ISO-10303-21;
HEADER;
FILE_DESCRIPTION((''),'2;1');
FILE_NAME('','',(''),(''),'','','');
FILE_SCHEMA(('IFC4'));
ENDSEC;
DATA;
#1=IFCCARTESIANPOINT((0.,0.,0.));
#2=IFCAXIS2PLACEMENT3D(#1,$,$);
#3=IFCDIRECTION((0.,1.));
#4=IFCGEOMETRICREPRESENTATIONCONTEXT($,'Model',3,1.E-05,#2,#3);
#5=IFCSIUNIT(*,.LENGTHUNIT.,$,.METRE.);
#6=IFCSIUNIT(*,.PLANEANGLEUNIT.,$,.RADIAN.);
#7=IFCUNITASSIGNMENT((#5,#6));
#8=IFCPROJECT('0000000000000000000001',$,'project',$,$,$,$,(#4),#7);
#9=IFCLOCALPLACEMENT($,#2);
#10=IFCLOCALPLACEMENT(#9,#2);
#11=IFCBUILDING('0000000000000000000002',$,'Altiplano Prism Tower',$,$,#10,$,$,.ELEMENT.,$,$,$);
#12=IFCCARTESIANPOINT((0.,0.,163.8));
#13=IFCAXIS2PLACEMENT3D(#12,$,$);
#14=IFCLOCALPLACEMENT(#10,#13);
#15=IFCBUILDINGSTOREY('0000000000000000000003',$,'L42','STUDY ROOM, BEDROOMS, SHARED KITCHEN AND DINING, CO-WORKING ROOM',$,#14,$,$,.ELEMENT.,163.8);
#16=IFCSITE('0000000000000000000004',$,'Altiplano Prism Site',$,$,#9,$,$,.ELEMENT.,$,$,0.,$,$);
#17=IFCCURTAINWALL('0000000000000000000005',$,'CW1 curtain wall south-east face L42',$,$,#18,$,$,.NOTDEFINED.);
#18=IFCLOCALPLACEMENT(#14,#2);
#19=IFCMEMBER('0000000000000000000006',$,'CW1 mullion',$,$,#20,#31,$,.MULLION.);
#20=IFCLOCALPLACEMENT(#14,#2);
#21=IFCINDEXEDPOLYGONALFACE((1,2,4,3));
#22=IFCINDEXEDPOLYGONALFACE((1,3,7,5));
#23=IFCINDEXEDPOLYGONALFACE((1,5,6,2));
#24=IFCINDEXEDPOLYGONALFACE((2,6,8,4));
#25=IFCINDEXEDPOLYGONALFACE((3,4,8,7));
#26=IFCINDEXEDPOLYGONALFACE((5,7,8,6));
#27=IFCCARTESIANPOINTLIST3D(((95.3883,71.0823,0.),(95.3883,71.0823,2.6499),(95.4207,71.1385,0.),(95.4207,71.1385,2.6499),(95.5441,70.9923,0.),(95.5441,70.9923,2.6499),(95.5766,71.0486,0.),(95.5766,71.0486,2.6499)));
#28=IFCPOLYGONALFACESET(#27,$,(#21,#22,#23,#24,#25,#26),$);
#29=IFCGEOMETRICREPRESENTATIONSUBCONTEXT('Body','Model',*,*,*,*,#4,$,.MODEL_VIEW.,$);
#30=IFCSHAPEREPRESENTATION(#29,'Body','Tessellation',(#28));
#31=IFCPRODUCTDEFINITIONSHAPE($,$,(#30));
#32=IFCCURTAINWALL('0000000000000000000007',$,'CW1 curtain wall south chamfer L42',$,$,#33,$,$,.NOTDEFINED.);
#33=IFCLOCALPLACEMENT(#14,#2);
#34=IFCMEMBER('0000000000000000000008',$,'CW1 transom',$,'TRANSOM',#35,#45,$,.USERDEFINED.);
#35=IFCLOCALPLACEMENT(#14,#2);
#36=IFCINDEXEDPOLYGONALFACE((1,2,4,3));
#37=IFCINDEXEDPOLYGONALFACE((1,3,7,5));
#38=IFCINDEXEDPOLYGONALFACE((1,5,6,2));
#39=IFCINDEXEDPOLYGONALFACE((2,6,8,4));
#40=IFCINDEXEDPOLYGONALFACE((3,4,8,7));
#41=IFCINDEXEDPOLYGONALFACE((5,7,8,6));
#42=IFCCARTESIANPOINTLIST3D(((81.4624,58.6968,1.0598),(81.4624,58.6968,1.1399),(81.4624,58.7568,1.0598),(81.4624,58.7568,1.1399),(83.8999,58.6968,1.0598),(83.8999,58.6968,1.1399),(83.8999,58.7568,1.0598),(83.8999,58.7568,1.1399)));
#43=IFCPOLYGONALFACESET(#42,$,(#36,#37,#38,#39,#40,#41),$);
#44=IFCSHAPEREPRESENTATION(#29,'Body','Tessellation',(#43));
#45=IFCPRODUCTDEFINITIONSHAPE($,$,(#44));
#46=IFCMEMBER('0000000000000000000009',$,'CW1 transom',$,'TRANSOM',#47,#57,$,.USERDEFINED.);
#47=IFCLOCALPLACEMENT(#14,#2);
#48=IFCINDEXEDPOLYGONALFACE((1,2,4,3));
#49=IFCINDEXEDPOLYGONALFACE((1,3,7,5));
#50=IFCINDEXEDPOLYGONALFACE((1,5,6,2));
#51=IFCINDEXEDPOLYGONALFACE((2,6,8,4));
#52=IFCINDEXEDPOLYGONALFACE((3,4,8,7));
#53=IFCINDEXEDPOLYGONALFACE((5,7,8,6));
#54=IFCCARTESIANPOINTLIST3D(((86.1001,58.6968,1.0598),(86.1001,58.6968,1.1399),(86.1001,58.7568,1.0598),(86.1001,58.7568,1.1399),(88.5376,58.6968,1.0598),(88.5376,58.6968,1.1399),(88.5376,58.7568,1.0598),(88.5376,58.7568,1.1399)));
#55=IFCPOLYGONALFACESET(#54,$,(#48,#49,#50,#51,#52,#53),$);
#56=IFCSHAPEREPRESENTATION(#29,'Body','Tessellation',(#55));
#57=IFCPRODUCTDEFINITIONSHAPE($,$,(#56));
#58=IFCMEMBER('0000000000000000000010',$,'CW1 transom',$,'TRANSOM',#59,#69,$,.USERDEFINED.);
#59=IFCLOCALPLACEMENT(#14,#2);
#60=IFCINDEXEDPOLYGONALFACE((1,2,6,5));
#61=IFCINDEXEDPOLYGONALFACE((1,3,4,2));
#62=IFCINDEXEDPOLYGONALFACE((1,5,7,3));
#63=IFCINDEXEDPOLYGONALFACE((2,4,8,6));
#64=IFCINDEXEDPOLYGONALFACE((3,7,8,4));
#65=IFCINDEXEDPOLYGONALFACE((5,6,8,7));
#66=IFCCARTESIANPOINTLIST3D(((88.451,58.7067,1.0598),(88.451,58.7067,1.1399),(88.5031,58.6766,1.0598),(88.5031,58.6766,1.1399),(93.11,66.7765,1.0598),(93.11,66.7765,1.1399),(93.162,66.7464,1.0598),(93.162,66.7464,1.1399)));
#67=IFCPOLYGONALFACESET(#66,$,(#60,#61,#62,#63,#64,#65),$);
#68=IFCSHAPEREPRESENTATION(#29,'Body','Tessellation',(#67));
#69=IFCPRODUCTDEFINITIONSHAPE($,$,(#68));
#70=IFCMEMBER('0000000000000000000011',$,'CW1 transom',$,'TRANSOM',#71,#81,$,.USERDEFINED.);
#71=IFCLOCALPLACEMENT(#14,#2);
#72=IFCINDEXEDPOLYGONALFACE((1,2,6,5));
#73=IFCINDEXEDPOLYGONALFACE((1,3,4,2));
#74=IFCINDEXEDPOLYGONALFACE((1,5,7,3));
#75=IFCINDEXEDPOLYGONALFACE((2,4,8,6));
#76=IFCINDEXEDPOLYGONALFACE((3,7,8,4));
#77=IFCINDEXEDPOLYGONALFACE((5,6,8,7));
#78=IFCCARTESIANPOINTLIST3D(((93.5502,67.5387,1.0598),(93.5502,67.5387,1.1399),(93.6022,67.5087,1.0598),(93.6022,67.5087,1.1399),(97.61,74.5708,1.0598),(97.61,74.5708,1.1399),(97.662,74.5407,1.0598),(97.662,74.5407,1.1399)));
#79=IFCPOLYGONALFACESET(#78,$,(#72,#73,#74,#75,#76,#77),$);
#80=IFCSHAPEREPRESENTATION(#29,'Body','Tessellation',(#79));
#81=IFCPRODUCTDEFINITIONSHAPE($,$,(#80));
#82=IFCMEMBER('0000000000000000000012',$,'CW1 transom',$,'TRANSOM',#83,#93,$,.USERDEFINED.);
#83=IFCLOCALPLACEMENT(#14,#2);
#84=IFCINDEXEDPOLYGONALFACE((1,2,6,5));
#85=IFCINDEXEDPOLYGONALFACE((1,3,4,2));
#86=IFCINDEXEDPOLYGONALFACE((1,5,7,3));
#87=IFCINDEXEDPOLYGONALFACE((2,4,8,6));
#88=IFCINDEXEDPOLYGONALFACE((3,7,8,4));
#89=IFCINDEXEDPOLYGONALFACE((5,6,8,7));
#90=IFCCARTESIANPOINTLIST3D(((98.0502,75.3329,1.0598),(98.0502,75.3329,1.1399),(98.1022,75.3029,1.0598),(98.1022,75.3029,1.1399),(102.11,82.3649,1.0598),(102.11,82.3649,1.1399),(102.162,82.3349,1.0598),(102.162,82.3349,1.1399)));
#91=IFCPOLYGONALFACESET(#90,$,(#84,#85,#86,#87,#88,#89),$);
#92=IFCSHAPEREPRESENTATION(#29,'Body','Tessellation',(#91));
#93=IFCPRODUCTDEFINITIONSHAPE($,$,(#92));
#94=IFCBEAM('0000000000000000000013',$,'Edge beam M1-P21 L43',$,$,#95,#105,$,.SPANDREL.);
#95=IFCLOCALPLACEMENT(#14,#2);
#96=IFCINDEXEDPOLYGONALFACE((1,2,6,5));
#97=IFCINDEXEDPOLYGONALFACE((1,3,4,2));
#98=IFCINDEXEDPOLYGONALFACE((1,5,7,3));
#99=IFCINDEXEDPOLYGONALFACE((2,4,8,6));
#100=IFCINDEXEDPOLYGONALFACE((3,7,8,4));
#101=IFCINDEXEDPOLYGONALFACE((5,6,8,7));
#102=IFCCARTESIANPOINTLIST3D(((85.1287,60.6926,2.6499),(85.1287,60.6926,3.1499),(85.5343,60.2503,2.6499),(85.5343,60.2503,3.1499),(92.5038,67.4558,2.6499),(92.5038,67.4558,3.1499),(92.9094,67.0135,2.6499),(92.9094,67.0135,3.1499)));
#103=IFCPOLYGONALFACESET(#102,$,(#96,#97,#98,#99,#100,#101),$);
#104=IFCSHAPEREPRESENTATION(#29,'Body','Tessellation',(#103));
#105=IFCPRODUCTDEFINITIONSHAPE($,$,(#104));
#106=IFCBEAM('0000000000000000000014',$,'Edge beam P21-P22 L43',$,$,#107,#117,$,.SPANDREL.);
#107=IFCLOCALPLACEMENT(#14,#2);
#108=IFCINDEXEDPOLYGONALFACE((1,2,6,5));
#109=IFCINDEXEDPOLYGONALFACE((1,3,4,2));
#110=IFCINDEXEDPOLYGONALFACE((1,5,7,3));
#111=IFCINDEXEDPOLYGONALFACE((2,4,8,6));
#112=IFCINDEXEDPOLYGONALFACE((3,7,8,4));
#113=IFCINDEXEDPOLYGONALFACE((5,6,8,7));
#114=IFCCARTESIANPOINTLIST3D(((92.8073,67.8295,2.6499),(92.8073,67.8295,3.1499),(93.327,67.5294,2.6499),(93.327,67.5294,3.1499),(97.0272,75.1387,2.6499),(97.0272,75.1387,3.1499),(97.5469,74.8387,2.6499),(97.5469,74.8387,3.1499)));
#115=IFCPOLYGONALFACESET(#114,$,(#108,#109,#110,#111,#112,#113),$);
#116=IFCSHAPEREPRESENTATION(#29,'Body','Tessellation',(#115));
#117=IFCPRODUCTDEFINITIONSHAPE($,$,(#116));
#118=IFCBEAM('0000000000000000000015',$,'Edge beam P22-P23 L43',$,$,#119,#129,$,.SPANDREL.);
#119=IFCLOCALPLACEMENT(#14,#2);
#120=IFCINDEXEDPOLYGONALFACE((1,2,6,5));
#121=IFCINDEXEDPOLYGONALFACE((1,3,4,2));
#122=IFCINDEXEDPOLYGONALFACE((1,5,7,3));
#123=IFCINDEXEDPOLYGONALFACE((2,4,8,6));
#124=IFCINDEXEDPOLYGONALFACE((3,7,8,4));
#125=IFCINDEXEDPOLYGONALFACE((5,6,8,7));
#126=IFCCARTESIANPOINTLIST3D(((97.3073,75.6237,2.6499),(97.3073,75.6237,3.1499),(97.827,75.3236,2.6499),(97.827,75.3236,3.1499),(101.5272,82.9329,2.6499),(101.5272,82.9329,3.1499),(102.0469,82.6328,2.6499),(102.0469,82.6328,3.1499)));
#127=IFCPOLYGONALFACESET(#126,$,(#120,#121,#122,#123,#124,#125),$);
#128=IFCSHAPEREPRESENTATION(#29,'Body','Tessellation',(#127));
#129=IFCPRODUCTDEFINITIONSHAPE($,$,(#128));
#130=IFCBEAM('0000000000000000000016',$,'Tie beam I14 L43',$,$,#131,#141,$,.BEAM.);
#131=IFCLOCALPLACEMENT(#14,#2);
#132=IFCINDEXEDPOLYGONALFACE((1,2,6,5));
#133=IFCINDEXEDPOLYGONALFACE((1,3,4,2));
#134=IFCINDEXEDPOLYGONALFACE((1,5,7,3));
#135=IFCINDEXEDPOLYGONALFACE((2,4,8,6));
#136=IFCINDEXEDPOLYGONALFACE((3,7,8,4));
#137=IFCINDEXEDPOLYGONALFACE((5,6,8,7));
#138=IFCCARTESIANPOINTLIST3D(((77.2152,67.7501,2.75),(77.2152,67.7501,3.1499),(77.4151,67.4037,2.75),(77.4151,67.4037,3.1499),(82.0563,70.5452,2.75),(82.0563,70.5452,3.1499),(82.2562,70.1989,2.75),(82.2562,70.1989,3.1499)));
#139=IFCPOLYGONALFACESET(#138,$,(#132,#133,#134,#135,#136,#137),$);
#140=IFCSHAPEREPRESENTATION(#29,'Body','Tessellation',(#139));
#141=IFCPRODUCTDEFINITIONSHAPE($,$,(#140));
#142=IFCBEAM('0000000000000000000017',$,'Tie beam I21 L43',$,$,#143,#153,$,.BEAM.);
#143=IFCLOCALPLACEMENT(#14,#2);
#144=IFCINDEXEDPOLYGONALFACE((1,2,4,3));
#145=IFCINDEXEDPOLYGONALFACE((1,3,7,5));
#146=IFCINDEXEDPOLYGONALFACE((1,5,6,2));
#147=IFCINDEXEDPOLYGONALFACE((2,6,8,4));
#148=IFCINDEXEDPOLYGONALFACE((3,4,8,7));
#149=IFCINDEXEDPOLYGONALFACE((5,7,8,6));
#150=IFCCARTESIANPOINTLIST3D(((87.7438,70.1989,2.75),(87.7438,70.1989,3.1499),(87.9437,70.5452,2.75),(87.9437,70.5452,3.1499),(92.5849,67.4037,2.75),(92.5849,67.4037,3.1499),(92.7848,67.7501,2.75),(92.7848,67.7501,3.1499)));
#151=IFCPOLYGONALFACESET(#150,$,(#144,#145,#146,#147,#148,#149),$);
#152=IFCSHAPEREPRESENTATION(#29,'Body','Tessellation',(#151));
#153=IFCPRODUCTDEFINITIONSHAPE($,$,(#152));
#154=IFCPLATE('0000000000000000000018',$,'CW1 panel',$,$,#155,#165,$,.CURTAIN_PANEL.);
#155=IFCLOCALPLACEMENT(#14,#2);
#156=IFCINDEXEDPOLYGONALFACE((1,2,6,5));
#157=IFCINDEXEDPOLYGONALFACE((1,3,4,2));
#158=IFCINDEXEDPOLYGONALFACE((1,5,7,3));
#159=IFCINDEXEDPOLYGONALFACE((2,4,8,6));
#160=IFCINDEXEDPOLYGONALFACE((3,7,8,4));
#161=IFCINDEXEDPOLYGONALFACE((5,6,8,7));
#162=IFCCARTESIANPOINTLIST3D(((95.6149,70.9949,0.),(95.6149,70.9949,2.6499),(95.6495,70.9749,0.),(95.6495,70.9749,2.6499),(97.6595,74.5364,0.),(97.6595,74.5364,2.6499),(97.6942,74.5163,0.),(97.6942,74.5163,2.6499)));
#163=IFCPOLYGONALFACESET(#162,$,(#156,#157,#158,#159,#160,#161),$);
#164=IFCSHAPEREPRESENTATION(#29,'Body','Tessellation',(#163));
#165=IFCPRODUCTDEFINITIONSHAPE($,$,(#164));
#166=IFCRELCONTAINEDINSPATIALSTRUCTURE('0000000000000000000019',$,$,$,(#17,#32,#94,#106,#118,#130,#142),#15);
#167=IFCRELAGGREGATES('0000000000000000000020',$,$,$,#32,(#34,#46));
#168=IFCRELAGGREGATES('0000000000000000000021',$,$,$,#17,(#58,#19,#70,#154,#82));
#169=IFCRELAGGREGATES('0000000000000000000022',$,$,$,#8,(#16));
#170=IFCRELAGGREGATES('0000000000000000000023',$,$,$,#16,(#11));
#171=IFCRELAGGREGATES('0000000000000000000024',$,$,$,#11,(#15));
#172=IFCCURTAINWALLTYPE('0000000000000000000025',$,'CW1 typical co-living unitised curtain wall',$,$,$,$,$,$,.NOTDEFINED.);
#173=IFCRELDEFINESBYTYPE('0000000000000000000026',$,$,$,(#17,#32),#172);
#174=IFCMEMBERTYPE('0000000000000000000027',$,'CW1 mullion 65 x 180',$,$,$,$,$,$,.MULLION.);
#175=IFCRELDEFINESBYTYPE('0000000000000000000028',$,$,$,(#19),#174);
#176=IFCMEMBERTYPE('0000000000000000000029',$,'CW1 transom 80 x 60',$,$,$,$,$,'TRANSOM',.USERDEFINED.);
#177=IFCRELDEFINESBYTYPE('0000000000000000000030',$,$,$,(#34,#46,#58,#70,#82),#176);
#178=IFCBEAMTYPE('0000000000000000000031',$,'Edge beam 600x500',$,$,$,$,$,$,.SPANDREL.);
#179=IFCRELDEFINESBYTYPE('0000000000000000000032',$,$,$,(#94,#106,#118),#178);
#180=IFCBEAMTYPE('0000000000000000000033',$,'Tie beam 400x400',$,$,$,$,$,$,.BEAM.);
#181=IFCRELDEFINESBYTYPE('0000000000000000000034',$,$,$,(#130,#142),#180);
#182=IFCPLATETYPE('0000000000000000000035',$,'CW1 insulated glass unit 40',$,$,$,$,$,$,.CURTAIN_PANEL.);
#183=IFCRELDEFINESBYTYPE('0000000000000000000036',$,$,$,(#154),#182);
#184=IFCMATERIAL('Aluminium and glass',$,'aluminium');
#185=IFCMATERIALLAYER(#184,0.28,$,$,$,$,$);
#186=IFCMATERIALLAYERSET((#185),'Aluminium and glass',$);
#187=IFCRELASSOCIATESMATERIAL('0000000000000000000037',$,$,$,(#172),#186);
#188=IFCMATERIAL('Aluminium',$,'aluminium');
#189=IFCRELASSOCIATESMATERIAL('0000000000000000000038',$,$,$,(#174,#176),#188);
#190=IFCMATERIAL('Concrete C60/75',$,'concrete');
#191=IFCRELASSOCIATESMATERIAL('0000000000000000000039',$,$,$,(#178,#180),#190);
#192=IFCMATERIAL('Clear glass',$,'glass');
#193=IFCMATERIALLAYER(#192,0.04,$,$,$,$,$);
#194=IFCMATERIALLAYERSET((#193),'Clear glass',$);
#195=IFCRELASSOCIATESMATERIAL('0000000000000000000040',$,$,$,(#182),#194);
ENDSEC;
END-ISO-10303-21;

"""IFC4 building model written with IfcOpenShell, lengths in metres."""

from ifc_helpers import new_model, si_unit, direction, frame, origin, origin_2d, place, context, subcontext, project, spatial, rectangle, extrude, material, layer, layer_set, material_profile, profile_set, type_object, element, aggregate, save


model = new_model("IFC4")

# Units and contexts
model_context = context("Model", 3, precision=1e-05, world=origin(), true_north=direction((0.0, 1.0)))
body_context = subcontext(model_context, "Body", "Model", "MODEL_VIEW")
ifc_project = project(units=[si_unit("LENGTHUNIT", "METRE"), si_unit("PLANEANGLEUNIT", "RADIAN")], contexts=[model_context])

# Site, building, storey
site_placement = place(None, origin())
site = spatial("IfcSite", under=ifc_project, at=site_placement, Name="Altiplano Prism Site", CompositionType="ELEMENT", RefElevation=0.0)
building_placement = place(site_placement, origin())
building = spatial("IfcBuilding", under=site, at=building_placement, Name="Altiplano Prism Tower", CompositionType="ELEMENT")
storey_placement = place(building_placement, frame((0.0, 0.0, 163.8)))
storey = spatial("IfcBuildingStorey", under=building, at=storey_placement, Name="L42", Description="STUDY ROOM, BEDROOMS, SHARED KITCHEN AND DINING, CO-WORKING ROOM", CompositionType="ELEMENT", Elevation=163.8)

# Curtain wall, member
ifc_material_1 = material(Name="Aluminium and glass", Category="aluminium")
ifc_layer_1 = layer(ifc_material_1, 0.28)
ifc_layer_set_1 = layer_set([ifc_layer_1], Name="Aluminium and glass")
curtain_wall_type = type_object("IfcCurtainWallType", Name="CW1 typical co-living unitised curtain wall", PredefinedType="NOTDEFINED", material=ifc_layer_set_1)
curtain_wall_1_placement = place(storey_placement, origin())
curtain_wall_1 = element("IfcCurtainWall", 1, at=curtain_wall_1_placement, inside=storey, type_object=curtain_wall_type, Name="CW1 curtain wall south-east face L42", PredefinedType="NOTDEFINED")
ifc_material_2 = material(Name="Aluminium", Category="aluminium")
ifc_material_profile_1 = material_profile(ifc_material_2, rectangle(XDim=0.1799, YDim=0.0649, at=origin_2d()), Name="CW1 mullion 65 x 180")
ifc_profile_set_1 = profile_set([ifc_material_profile_1], Name="Aluminium")
member_type_1 = type_object("IfcMemberType", Name="CW1 mullion 65 x 180", PredefinedType="MULLION", material=ifc_profile_set_1)
member_1_placement = place(storey_placement, frame((95.4824, 71.0654, 0.0), z_axis=(0.0, 0.0, 1.0), x_axis=(-0.866025, 0.5, 0.0)))
member_1 = element("IfcMember", 2, at=member_1_placement, type_object=member_type_1, Name="CW1 mullion", PredefinedType="MULLION", context=body_context, shape_type="SweptSolid", body=[
    extrude(rectangle(XDim=0.1799, YDim=0.0649, at=origin_2d()), origin(), (0.0, 0.0, 1.0), 2.6499),
])

# Curtain wall, members
curtain_wall_2_placement = place(storey_placement, origin())
curtain_wall_2 = element("IfcCurtainWall", 3, at=curtain_wall_2_placement, inside=storey, type_object=curtain_wall_type, Name="CW1 curtain wall south chamfer L42", PredefinedType="NOTDEFINED")
ifc_material_profile_2 = material_profile(ifc_material_2, rectangle(XDim=0.0601, YDim=0.0801, at=origin_2d()), Name="CW1 transom 80 x 60")
ifc_profile_set_2 = profile_set([ifc_material_profile_2], Name="Aluminium")
member_type_2 = type_object("IfcMemberType", Name="CW1 transom 80 x 60", ElementType="TRANSOM", PredefinedType="USERDEFINED", material=ifc_profile_set_2)
member_2_placement = place(storey_placement, frame((81.4624, 58.7268, 1.0999), z_axis=(1.0, 0.0, 0.0), x_axis=(0.0, 1.0, 0.0)))
member_2 = element("IfcMember", 4, at=member_2_placement, type_object=member_type_2, Name="CW1 transom", ObjectType="TRANSOM", PredefinedType="USERDEFINED", context=body_context, shape_type="SweptSolid", body=[
    extrude(rectangle(XDim=0.0601, YDim=0.0801, at=origin_2d()), origin(), (0.0, 0.0, 1.0), 2.4375),
])
member_3_placement = place(storey_placement, frame((86.1001, 58.7268, 1.0999), z_axis=(1.0, 0.0, 0.0), x_axis=(0.0, 1.0, 0.0)))
member_3 = element("IfcMember", 5, at=member_3_placement, type_object=member_type_2, Name="CW1 transom", ObjectType="TRANSOM", PredefinedType="USERDEFINED", context=body_context, shape_type="SweptSolid", body=[
    extrude(rectangle(XDim=0.0601, YDim=0.0801, at=origin_2d()), origin(), (0.0, 0.0, 1.0), 2.4375),
])
aggregate(curtain_wall_2, [member_2, member_3])

# Members
member_4_placement = place(storey_placement, frame((88.4771, 58.6917, 1.0999), z_axis=(0.499986, 0.866034, 0.0), x_axis=(-0.866034, 0.499986, 0.0)))
member_4 = element("IfcMember", 6, at=member_4_placement, type_object=member_type_2, Name="CW1 transom", ObjectType="TRANSOM", PredefinedType="USERDEFINED", context=body_context, shape_type="SweptSolid", body=[
    extrude(rectangle(XDim=0.0601, YDim=0.0801, at=origin_2d()), origin(), (0.0, 0.0, 1.0), 9.3181),
])
member_5_placement = place(storey_placement, frame((93.5762, 67.5237, 1.0999), z_axis=(0.499991, 0.866031, 0.0), x_axis=(-0.866031, 0.499991, 0.0)))
member_5 = element("IfcMember", 7, at=member_5_placement, type_object=member_type_2, Name="CW1 transom", ObjectType="TRANSOM", PredefinedType="USERDEFINED", context=body_context, shape_type="SweptSolid", body=[
    extrude(rectangle(XDim=0.0601, YDim=0.0801, at=origin_2d()), origin(), (0.0, 0.0, 1.0), 8.1199),
])
member_6_placement = place(storey_placement, frame((98.0762, 75.3179, 1.0999), z_axis=(0.499991, 0.866031, 0.0), x_axis=(-0.866031, 0.499991, 0.0)))
member_6 = element("IfcMember", 8, at=member_6_placement, type_object=member_type_2, Name="CW1 transom", ObjectType="TRANSOM", PredefinedType="USERDEFINED", context=body_context, shape_type="SweptSolid", body=[
    extrude(rectangle(XDim=0.0601, YDim=0.0801, at=origin_2d()), origin(), (0.0, 0.0, 1.0), 8.1199),
])

# Beams
ifc_material_3 = material(Name="Concrete C60/75", Category="concrete")
ifc_material_profile_3 = material_profile(ifc_material_3, rectangle(XDim=0.6001, YDim=0.5, at=origin_2d()), Name="Edge beam 600x500")
ifc_profile_set_3 = profile_set([ifc_material_profile_3], Name="Concrete C60/75")
beam_type_1 = type_object("IfcBeamType", Name="Edge beam 600x500", PredefinedType="SPANDREL", material=ifc_profile_set_3)
beam_placement = place(storey_placement, frame((85.3315, 60.4714, 2.8999), z_axis=(0.737016, 0.675875, 0.0), x_axis=(-0.675875, 0.737016, 0.0)))
element("IfcBeam", 9, at=beam_placement, inside=storey, type_object=beam_type_1, Name="Edge beam M1-P21 L43", PredefinedType="SPANDREL", context=body_context, shape_type="SweptSolid", body=[
    extrude(rectangle(XDim=0.6001, YDim=0.5, at=origin_2d()), origin(), (0.0, 0.0, 1.0), 10.0066),
])
for number, where, z_axis, x_axis, name in (
    (10, (93.0671, 67.6794, 2.8999), (0.499994, 0.866029, 0.0), (-0.866029, 0.499994, 0.0), "Edge beam P21-P22 L43"),
    (11, (97.5671, 75.4736, 2.8999), (0.499994, 0.866029, 0.0), (-0.866029, 0.499994, 0.0), "Edge beam P22-P23 L43"),
):
    element("IfcBeam", number, at=place(storey_placement, frame(where, z_axis=z_axis, x_axis=x_axis)), inside=storey, type_object=beam_type_1, Name=name, PredefinedType="SPANDREL", context=body_context, shape_type="SweptSolid", body=[
        extrude(rectangle(XDim=0.6001, YDim=0.5, at=origin_2d()), origin(), (0.0, 0.0, 1.0), 8.4399),
    ])
ifc_material_profile_4 = material_profile(ifc_material_3, rectangle(XDim=0.3999, YDim=0.3999, at=origin_2d()), Name="Tie beam 400x400")
ifc_profile_set_4 = profile_set([ifc_material_profile_4], Name="Concrete C60/75")
beam_type_2 = type_object("IfcBeamType", Name="Tie beam 400x400", PredefinedType="BEAM", material=ifc_profile_set_4)
for number, where, z_axis, x_axis, name in (
    (12, (82.1562, 70.3721, 2.95), (-0.866012, -0.500024, 0.0), (0.500024, -0.866012, 0.0), "Tie beam I14 L43"),
    (13, (87.8438, 70.3721, 2.95), (0.866012, -0.500024, 0.0), (0.500024, 0.866012, 0.0), "Tie beam I21 L43"),
):
    element("IfcBeam", number, at=place(storey_placement, frame(where, z_axis=z_axis, x_axis=x_axis)), inside=storey, type_object=beam_type_2, Name=name, PredefinedType="BEAM", context=body_context, shape_type="SweptSolid", body=[
        extrude(rectangle(XDim=0.3999, YDim=0.3999, at=origin_2d()), origin(), (0.0, 0.0, 1.0), 5.5901),
    ])

# Plate
ifc_material_4 = material(Name="Clear glass", Category="glass")
ifc_layer_2 = layer(ifc_material_4, 0.04)
ifc_layer_set_2 = layer_set([ifc_layer_2], Name="Clear glass")
plate_type = type_object("IfcPlateType", Name="CW1 insulated glass unit 40", PredefinedType="CURTAIN_PANEL", material=ifc_layer_set_2)
plate_placement = place(storey_placement, frame((96.6545, 72.7556, 0.0), z_axis=(0.0, 0.0, 1.0), x_axis=(0.5, 0.866025, 0.0)))
plate = element("IfcPlate", 14, at=plate_placement, type_object=plate_type, Name="CW1 panel", PredefinedType="CURTAIN_PANEL", context=body_context, shape_type="SweptSolid", body=[
    extrude(rectangle(XDim=4.0894, YDim=0.04, at=origin_2d()), origin(), (0.0, 0.0, 1.0), 2.6499),
])
aggregate(curtain_wall_1, [member_4, member_1, member_5, plate, member_6])

save(model, "model.ifc")
